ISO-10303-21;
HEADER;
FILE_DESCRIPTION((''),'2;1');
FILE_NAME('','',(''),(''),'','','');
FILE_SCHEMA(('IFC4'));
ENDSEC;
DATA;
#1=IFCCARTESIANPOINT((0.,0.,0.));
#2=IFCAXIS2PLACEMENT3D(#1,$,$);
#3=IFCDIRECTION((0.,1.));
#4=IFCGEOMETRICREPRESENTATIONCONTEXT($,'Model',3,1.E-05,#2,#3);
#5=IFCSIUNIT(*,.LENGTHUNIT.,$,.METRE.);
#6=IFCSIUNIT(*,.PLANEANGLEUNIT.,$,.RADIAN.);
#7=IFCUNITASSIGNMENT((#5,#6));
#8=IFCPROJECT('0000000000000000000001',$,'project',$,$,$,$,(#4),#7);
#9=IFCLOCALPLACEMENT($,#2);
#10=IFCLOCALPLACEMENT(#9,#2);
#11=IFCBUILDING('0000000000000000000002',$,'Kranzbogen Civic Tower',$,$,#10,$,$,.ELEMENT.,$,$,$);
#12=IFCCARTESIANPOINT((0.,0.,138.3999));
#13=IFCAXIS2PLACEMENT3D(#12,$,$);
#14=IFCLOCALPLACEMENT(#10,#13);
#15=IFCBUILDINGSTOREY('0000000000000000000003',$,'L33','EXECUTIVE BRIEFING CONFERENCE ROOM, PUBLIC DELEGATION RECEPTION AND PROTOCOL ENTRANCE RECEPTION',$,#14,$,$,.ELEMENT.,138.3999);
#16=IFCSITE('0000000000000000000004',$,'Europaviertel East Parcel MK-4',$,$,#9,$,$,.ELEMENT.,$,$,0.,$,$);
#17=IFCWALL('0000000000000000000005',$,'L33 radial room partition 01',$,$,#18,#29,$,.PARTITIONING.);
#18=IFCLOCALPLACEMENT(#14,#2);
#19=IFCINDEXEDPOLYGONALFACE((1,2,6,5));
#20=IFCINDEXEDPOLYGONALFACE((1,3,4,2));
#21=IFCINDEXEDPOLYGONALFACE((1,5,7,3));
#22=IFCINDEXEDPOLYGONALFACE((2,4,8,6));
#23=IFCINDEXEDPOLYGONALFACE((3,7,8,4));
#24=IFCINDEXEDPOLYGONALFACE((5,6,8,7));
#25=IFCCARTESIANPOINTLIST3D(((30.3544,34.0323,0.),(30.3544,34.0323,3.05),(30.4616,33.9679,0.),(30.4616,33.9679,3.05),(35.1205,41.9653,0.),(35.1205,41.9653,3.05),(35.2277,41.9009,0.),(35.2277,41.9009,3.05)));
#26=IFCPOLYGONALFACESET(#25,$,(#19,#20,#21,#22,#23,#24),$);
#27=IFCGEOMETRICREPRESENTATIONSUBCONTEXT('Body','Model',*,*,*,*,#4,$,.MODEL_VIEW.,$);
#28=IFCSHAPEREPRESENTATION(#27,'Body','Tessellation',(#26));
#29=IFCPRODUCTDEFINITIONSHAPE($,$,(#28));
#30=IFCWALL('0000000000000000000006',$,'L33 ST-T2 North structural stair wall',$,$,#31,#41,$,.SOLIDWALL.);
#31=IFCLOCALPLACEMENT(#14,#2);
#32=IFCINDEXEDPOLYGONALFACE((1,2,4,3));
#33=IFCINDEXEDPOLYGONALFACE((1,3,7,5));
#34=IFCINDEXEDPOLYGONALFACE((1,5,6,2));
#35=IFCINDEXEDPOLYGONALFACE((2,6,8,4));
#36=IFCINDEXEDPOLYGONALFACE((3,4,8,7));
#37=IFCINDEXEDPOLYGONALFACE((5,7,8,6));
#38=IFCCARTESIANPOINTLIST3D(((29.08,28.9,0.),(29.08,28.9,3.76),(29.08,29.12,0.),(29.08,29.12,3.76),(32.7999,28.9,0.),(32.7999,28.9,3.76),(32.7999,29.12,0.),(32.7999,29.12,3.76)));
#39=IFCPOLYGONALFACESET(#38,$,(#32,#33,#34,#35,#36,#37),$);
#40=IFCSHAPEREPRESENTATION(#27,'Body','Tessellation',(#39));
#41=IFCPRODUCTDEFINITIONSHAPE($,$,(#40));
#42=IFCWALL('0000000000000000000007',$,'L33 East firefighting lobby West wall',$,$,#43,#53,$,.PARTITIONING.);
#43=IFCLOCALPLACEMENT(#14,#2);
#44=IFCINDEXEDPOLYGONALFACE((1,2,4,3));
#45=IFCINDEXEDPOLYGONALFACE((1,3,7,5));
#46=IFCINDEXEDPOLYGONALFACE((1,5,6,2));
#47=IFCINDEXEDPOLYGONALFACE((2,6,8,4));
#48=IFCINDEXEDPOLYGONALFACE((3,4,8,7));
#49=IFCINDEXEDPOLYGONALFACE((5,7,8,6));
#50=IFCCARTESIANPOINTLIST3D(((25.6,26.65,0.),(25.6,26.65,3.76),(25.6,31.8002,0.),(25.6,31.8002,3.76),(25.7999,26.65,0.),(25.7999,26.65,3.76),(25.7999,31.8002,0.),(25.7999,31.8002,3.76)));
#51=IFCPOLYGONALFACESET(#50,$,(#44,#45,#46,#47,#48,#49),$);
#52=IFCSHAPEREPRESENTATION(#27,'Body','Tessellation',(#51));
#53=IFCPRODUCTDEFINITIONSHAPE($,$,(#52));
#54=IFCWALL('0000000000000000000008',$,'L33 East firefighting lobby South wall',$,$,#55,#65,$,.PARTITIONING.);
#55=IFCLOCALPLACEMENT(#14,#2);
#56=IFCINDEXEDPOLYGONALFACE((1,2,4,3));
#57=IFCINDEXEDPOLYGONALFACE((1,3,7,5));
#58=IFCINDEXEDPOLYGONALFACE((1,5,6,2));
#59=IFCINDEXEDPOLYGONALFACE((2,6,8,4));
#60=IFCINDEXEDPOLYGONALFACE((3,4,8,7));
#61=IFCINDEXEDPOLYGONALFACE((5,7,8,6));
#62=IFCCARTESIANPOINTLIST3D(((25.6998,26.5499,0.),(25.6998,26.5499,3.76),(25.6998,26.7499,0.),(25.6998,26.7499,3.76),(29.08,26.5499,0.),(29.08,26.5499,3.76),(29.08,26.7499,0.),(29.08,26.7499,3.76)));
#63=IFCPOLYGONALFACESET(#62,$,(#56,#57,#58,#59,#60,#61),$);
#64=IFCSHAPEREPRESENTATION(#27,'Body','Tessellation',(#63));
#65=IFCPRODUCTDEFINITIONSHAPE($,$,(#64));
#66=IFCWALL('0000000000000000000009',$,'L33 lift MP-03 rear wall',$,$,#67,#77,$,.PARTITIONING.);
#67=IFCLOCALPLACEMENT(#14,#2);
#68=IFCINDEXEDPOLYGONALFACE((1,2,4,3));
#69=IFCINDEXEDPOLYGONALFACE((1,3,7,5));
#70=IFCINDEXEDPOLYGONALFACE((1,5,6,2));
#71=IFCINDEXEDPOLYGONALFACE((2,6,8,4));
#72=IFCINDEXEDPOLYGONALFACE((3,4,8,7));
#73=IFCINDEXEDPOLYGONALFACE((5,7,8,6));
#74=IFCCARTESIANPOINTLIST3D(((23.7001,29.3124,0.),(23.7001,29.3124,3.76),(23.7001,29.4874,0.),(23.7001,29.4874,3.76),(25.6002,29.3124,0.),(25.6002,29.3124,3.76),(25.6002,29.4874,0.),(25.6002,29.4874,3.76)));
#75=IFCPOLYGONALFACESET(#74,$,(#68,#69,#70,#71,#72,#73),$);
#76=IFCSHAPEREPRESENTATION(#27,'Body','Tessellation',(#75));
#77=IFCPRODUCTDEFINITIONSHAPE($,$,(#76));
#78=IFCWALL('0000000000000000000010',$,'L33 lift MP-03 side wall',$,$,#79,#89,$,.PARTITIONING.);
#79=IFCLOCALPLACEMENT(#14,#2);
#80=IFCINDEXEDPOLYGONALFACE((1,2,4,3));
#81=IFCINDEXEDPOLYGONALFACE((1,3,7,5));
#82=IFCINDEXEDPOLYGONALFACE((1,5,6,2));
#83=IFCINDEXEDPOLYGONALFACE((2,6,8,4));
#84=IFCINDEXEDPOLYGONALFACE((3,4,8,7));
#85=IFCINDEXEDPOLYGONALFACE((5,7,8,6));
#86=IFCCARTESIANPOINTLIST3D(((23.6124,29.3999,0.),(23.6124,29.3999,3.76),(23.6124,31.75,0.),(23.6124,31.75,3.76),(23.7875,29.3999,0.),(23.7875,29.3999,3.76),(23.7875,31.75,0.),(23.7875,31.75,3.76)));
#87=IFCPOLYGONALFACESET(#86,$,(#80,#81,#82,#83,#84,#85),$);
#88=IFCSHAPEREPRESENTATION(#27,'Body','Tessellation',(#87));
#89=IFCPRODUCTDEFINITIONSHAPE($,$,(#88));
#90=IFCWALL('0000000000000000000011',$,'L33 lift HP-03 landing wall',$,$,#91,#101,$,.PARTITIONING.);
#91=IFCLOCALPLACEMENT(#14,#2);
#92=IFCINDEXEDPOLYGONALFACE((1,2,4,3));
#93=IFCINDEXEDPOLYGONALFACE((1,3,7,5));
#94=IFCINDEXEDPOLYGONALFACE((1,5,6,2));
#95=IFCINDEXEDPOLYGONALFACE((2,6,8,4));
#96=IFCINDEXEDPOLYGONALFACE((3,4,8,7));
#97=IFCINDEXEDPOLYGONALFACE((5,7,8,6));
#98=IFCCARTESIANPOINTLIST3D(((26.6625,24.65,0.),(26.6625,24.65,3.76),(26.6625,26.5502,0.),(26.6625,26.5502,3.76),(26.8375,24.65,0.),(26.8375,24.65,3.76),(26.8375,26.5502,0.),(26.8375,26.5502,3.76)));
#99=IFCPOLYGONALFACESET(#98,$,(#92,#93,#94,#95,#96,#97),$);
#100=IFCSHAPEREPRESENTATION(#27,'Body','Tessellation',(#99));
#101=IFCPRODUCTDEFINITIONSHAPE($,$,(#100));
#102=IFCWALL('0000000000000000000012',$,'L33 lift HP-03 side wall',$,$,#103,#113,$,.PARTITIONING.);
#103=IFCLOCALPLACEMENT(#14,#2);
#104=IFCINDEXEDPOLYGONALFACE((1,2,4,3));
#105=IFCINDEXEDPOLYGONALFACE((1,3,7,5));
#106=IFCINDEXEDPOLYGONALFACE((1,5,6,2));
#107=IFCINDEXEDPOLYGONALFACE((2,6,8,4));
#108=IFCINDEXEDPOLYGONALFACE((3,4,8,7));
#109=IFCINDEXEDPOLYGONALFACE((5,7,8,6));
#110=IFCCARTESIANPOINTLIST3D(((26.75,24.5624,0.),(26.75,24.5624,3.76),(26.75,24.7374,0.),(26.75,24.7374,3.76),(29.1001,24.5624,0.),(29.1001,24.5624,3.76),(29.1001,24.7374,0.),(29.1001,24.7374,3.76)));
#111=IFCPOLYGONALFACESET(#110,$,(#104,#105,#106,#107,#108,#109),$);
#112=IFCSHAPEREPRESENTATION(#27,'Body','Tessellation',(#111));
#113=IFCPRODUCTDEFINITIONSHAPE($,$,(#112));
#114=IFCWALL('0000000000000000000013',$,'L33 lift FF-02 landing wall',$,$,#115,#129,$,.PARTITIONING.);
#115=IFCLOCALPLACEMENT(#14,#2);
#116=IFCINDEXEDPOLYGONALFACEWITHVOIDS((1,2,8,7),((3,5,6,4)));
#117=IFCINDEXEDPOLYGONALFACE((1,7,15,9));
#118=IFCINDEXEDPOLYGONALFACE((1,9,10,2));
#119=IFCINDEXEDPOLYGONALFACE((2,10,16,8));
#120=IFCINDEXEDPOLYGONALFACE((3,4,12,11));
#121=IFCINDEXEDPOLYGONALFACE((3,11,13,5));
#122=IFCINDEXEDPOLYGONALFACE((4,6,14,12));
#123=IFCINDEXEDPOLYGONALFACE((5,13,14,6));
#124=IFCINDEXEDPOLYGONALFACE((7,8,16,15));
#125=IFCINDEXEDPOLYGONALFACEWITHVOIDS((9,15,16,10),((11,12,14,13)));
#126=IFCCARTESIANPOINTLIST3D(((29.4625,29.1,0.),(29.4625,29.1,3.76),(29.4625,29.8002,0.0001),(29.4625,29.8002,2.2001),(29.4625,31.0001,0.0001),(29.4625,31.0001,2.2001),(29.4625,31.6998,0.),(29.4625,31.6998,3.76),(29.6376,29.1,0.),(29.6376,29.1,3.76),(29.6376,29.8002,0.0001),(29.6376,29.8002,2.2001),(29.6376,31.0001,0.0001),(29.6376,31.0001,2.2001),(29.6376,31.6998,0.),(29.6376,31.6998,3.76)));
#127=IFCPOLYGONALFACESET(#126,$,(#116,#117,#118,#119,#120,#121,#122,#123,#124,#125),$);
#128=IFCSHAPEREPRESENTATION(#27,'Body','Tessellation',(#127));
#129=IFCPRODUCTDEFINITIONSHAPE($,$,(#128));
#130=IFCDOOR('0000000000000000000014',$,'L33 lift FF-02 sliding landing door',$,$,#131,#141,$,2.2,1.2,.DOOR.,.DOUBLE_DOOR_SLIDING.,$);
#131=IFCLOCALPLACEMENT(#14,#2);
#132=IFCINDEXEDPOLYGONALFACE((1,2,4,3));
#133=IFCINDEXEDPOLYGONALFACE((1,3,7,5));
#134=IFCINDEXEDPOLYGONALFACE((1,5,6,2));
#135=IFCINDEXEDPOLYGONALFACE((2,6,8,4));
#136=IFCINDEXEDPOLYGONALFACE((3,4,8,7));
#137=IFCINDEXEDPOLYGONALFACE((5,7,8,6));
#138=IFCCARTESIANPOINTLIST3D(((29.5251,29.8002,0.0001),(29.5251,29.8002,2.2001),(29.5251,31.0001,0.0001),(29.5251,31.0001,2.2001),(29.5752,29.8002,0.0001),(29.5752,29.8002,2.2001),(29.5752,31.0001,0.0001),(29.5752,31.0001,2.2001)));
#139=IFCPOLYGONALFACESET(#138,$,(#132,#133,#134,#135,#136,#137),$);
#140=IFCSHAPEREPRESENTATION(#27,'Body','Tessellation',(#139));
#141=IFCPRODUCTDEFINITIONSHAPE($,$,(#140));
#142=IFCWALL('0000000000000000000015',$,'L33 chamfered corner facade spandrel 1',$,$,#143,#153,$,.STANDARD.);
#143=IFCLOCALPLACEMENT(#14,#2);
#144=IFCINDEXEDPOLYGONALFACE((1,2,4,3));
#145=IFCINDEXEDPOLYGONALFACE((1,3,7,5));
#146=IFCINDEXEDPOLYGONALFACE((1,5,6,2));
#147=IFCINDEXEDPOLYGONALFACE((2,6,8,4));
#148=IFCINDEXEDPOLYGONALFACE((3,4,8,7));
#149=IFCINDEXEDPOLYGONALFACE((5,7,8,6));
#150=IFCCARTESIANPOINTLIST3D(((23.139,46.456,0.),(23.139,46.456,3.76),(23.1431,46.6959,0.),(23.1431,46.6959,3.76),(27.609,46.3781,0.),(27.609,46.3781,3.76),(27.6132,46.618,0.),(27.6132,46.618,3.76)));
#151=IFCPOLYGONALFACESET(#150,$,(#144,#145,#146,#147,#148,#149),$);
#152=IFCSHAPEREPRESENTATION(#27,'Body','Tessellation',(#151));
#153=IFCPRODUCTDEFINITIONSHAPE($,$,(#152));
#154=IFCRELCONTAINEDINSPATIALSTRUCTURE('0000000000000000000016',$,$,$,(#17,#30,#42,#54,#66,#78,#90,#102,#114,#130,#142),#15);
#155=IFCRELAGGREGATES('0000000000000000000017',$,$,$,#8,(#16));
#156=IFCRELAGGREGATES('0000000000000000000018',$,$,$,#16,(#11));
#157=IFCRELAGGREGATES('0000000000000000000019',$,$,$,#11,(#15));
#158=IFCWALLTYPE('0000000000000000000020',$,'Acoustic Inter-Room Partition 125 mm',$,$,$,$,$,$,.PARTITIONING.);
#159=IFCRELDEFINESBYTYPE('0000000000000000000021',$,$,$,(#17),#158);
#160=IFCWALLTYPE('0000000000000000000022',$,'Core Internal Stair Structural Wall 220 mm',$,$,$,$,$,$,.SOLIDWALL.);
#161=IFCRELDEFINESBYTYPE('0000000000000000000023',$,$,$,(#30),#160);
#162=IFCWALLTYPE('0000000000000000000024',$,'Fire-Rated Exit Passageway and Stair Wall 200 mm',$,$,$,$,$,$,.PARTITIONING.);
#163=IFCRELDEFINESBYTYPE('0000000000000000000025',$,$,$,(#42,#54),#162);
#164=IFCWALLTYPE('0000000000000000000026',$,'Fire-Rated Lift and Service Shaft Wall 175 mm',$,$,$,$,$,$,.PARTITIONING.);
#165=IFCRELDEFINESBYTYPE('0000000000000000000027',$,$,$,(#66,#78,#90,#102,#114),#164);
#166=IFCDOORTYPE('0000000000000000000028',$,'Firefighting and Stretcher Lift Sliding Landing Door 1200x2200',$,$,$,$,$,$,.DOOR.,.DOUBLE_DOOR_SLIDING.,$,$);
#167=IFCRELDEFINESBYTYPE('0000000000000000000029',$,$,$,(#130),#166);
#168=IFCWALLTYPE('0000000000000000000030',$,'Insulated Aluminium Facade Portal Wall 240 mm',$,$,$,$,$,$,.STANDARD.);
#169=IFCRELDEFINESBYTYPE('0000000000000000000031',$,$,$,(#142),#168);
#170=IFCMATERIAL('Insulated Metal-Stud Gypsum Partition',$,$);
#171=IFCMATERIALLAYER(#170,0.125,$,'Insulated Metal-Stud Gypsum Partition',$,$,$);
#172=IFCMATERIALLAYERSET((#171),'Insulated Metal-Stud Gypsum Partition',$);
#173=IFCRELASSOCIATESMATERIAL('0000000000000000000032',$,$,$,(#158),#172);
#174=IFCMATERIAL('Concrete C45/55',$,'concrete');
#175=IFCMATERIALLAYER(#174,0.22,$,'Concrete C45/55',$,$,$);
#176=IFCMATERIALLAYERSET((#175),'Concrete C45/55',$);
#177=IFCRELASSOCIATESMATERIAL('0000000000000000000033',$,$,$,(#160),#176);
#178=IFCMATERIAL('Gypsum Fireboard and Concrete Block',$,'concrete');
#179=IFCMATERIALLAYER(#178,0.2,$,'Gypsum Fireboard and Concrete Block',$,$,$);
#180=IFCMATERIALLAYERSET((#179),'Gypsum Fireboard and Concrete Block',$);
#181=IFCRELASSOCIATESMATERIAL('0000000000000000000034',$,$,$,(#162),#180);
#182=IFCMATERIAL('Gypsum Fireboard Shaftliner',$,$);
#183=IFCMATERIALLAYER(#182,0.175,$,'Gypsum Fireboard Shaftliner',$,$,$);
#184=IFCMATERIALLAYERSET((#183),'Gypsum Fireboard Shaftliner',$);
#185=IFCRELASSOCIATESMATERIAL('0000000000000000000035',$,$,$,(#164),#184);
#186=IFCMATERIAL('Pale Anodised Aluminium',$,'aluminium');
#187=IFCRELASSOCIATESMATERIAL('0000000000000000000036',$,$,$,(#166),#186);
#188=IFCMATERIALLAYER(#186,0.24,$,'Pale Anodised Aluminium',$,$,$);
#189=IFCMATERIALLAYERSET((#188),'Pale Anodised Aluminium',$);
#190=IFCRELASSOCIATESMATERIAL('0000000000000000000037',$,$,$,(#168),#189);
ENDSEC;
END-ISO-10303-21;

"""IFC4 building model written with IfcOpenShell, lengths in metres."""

from ifc_helpers import new_model, si_unit, direction, frame, frame_2d, origin, place, context, subcontext, project, spatial, rectangle, extrude, material, layer, layer_set, type_object, element, fill, save


model = new_model("IFC4")

# Units and contexts
model_context = context("Model", 3, precision=1e-05, world=origin(), true_north=direction((0.0, 1.0)))
body_context = subcontext(model_context, "Body", "Model", "MODEL_VIEW")
ifc_project = project(units=[si_unit("LENGTHUNIT", "METRE"), si_unit("PLANEANGLEUNIT", "RADIAN")], contexts=[model_context])

# Site, building, storey
site_placement = place(None, origin())
site = spatial("IfcSite", under=ifc_project, at=site_placement, Name="Europaviertel East Parcel MK-4", CompositionType="ELEMENT", RefElevation=0.0)
building_placement = place(site_placement, origin())
building = spatial("IfcBuilding", under=site, at=building_placement, Name="Kranzbogen Civic Tower", CompositionType="ELEMENT")
storey_placement = place(building_placement, frame((0.0, 0.0, 138.3999)))
storey = spatial("IfcBuildingStorey", under=building, at=storey_placement, Name="L33", Description="EXECUTIVE BRIEFING CONFERENCE ROOM, PUBLIC DELEGATION RECEPTION AND PROTOCOL ENTRANCE RECEPTION", CompositionType="ELEMENT", Elevation=138.3999)

# Shared definitions
ifc_material_1 = material(Name="Pale Anodised Aluminium", Category="aluminium")

# Walls
ifc_material_2 = material(Name="Insulated Metal-Stud Gypsum Partition")
ifc_layer_1 = layer(ifc_material_2, 0.125, Name="Insulated Metal-Stud Gypsum Partition")
ifc_layer_set_1 = layer_set([ifc_layer_1], Name="Insulated Metal-Stud Gypsum Partition")
wall_type_1 = type_object("IfcWallType", Name="Acoustic Inter-Room Partition 125 mm", PredefinedType="PARTITIONING", material=ifc_layer_set_1)
wall_1_placement = place(storey_placement, frame((30.408, 34.0, 0.0), z_axis=(0.0, 0.0, 1.0), x_axis=(0.514992, 0.857195, 0.0)))
element("IfcWall", 1, at=wall_1_placement, inside=storey, type_object=wall_type_1, Name="L33 radial room partition 01", PredefinedType="PARTITIONING", context=body_context, shape_type="SweptSolid", body=[
    extrude(rectangle(XDim=9.2546, YDim=0.125, at=frame_2d((4.6274, 0.0))), origin(), (0.0, 0.0, 1.0), 3.05),
])
ifc_material_3 = material(Name="Concrete C45/55", Category="concrete")
ifc_layer_2 = layer(ifc_material_3, 0.22, Name="Concrete C45/55")
ifc_layer_set_2 = layer_set([ifc_layer_2], Name="Concrete C45/55")
wall_type_2 = type_object("IfcWallType", Name="Core Internal Stair Structural Wall 220 mm", PredefinedType="SOLIDWALL", material=ifc_layer_set_2)
wall_2_placement = place(storey_placement, frame((29.0801, 29.01, 0.0), z_axis=(0.0, 0.0, 1.0), x_axis=(1.0, 0.0, 0.0)))
element("IfcWall", 2, at=wall_2_placement, inside=storey, type_object=wall_type_2, Name="L33 ST-T2 North structural stair wall", PredefinedType="SOLIDWALL", context=body_context, shape_type="SweptSolid", body=[
    extrude(rectangle(XDim=3.72, YDim=0.22, at=frame_2d((1.8599, 0.0))), origin(), (0.0, 0.0, 1.0), 3.76),
])
ifc_material_4 = material(Name="Gypsum Fireboard and Concrete Block", Category="concrete")
ifc_layer_3 = layer(ifc_material_4, 0.2, Name="Gypsum Fireboard and Concrete Block")
ifc_layer_set_3 = layer_set([ifc_layer_3], Name="Gypsum Fireboard and Concrete Block")
wall_type_3 = type_object("IfcWallType", Name="Fire-Rated Exit Passageway and Stair Wall 200 mm", PredefinedType="PARTITIONING", material=ifc_layer_set_3)
wall_3_placement = place(storey_placement, frame((25.7, 26.6499, 0.0), z_axis=(0.0, 0.0, 1.0), x_axis=(0.0, 1.0, 0.0)))
element("IfcWall", 3, at=wall_3_placement, inside=storey, type_object=wall_type_3, Name="L33 East firefighting lobby West wall", PredefinedType="PARTITIONING", context=body_context, shape_type="SweptSolid", body=[
    extrude(rectangle(XDim=5.1501, YDim=0.2, at=frame_2d((2.5752, 0.0))), origin(), (0.0, 0.0, 1.0), 3.76),
])
wall_4_placement = place(storey_placement, frame((25.7, 26.6499, 0.0), z_axis=(0.0, 0.0, 1.0), x_axis=(1.0, 0.0, 0.0)))
element("IfcWall", 4, at=wall_4_placement, inside=storey, type_object=wall_type_3, Name="L33 East firefighting lobby South wall", PredefinedType="PARTITIONING", context=body_context, shape_type="SweptSolid", body=[
    extrude(rectangle(XDim=3.3801, YDim=0.2, at=frame_2d((1.6899, 0.0))), origin(), (0.0, 0.0, 1.0), 3.76),
])
ifc_material_5 = material(Name="Gypsum Fireboard Shaftliner")
ifc_layer_4 = layer(ifc_material_5, 0.175, Name="Gypsum Fireboard Shaftliner")
ifc_layer_set_4 = layer_set([ifc_layer_4], Name="Gypsum Fireboard Shaftliner")
wall_type_4 = type_object("IfcWallType", Name="Fire-Rated Lift and Service Shaft Wall 175 mm", PredefinedType="PARTITIONING", material=ifc_layer_set_4)
wall_5_placement = place(storey_placement, frame((23.7, 29.3999, 0.0), z_axis=(0.0, 0.0, 1.0), x_axis=(1.0, 0.0, 0.0)))
element("IfcWall", 5, at=wall_5_placement, inside=storey, type_object=wall_type_4, Name="L33 lift MP-03 rear wall", PredefinedType="PARTITIONING", context=body_context, shape_type="SweptSolid", body=[
    extrude(rectangle(XDim=1.9001, YDim=0.175, at=frame_2d((0.9502, 0.0))), origin(), (0.0, 0.0, 1.0), 3.76),
])
wall_6_placement = place(storey_placement, frame((23.7, 29.3999, 0.0), z_axis=(0.0, 0.0, 1.0), x_axis=(0.0, 1.0, 0.0)))
element("IfcWall", 6, at=wall_6_placement, inside=storey, type_object=wall_type_4, Name="L33 lift MP-03 side wall", PredefinedType="PARTITIONING", context=body_context, shape_type="SweptSolid", body=[
    extrude(rectangle(XDim=2.3501, YDim=0.175, at=frame_2d((1.175, 0.0))), origin(), (0.0, 0.0, 1.0), 3.76),
])
wall_7_placement = place(storey_placement, frame((26.75, 24.6499, 0.0), z_axis=(0.0, 0.0, 1.0), x_axis=(0.0, 1.0, 0.0)))
element("IfcWall", 7, at=wall_7_placement, inside=storey, type_object=wall_type_4, Name="L33 lift HP-03 landing wall", PredefinedType="PARTITIONING", context=body_context, shape_type="SweptSolid", body=[
    extrude(rectangle(XDim=1.9001, YDim=0.175, at=frame_2d((0.9502, 0.0))), origin(), (0.0, 0.0, 1.0), 3.76),
])
wall_8_placement = place(storey_placement, frame((26.75, 24.6499, 0.0), z_axis=(0.0, 0.0, 1.0), x_axis=(1.0, 0.0, 0.0)))
element("IfcWall", 8, at=wall_8_placement, inside=storey, type_object=wall_type_4, Name="L33 lift HP-03 side wall", PredefinedType="PARTITIONING", context=body_context, shape_type="SweptSolid", body=[
    extrude(rectangle(XDim=2.3501, YDim=0.175, at=frame_2d((1.175, 0.0))), origin(), (0.0, 0.0, 1.0), 3.76),
])

# Wall, opening, door
wall_9_placement = place(storey_placement, frame((29.55, 29.1001, 0.0), z_axis=(0.0, 0.0, 1.0), x_axis=(0.0, 1.0, 0.0)))
wall_9 = element("IfcWall", 9, at=wall_9_placement, inside=storey, type_object=wall_type_4, Name="L33 lift FF-02 landing wall", PredefinedType="PARTITIONING", context=body_context, shape_type="SweptSolid", body=[
    extrude(rectangle(XDim=2.5999, YDim=0.175, at=frame_2d((1.2998, 0.0))), origin(), (0.0, 0.0, 1.0), 3.76),
])
opening_1_placement = place(wall_9_placement, frame((0.7, 0.0, 0.0)))
opening_1 = element("IfcOpeningElement", 10, at=opening_1_placement, cuts=wall_9, PredefinedType="OPENING", context=body_context, shape_type="SweptSolid", body=[
    extrude(rectangle(XDim=1.2, YDim=2.2, at=frame_2d((0.6001, 1.1001))), frame((0.0, 0.0977, 0.0), z_axis=(0.0, -1.0, 0.0), x_axis=(1.0, 0.0, 0.0)), (0.0, 0.0, 1.0), 0.1951),
])
door_type_1 = type_object("IfcDoorType", Name="Firefighting and Stretcher Lift Sliding Landing Door 1200x2200", OperationType="DOUBLE_DOOR_SLIDING", PredefinedType="DOOR", material=ifc_material_1)
door_1_placement = place(opening_1_placement, origin())
door_1 = element("IfcDoor", 11, at=door_1_placement, inside=storey, type_object=door_type_1, Name="L33 lift FF-02 sliding landing door", OperationType="DOUBLE_DOOR_SLIDING", OverallHeight=2.2, OverallWidth=1.2, PredefinedType="DOOR", context=body_context, shape_type="SweptSolid", body=[
    extrude(rectangle(XDim=1.2, YDim=2.2, at=frame_2d((0.6001, 1.1001))), frame((0.0, 0.0249, 0.0), z_axis=(0.0, -1.0, 0.0), x_axis=(1.0, 0.0, 0.0)), (0.0, 0.0, 1.0), 0.05),
])
fill(opening_1, door_1)

# Wall
ifc_layer_5 = layer(ifc_material_1, 0.24, Name="Pale Anodised Aluminium")
ifc_layer_set_5 = layer_set([ifc_layer_5], Name="Pale Anodised Aluminium")
wall_type_5 = type_object("IfcWallType", Name="Insulated Aluminium Facade Portal Wall 240 mm", PredefinedType="STANDARD", material=ifc_layer_set_5)
wall_10_placement = place(storey_placement, frame((27.6111, 46.498, 0.0), z_axis=(0.0, 0.0, 1.0), x_axis=(-0.999848, 0.01742, 0.0)))
element("IfcWall", 12, at=wall_10_placement, inside=storey, type_object=wall_type_5, Name="L33 chamfered corner facade spandrel 1", PredefinedType="STANDARD", context=body_context, shape_type="SweptSolid", body=[
    extrude(rectangle(XDim=4.4707, YDim=0.24, at=frame_2d((2.2354, 0.0))), origin(), (0.0, 0.0, 1.0), 3.76),
])

save(model, "model.ifc")
